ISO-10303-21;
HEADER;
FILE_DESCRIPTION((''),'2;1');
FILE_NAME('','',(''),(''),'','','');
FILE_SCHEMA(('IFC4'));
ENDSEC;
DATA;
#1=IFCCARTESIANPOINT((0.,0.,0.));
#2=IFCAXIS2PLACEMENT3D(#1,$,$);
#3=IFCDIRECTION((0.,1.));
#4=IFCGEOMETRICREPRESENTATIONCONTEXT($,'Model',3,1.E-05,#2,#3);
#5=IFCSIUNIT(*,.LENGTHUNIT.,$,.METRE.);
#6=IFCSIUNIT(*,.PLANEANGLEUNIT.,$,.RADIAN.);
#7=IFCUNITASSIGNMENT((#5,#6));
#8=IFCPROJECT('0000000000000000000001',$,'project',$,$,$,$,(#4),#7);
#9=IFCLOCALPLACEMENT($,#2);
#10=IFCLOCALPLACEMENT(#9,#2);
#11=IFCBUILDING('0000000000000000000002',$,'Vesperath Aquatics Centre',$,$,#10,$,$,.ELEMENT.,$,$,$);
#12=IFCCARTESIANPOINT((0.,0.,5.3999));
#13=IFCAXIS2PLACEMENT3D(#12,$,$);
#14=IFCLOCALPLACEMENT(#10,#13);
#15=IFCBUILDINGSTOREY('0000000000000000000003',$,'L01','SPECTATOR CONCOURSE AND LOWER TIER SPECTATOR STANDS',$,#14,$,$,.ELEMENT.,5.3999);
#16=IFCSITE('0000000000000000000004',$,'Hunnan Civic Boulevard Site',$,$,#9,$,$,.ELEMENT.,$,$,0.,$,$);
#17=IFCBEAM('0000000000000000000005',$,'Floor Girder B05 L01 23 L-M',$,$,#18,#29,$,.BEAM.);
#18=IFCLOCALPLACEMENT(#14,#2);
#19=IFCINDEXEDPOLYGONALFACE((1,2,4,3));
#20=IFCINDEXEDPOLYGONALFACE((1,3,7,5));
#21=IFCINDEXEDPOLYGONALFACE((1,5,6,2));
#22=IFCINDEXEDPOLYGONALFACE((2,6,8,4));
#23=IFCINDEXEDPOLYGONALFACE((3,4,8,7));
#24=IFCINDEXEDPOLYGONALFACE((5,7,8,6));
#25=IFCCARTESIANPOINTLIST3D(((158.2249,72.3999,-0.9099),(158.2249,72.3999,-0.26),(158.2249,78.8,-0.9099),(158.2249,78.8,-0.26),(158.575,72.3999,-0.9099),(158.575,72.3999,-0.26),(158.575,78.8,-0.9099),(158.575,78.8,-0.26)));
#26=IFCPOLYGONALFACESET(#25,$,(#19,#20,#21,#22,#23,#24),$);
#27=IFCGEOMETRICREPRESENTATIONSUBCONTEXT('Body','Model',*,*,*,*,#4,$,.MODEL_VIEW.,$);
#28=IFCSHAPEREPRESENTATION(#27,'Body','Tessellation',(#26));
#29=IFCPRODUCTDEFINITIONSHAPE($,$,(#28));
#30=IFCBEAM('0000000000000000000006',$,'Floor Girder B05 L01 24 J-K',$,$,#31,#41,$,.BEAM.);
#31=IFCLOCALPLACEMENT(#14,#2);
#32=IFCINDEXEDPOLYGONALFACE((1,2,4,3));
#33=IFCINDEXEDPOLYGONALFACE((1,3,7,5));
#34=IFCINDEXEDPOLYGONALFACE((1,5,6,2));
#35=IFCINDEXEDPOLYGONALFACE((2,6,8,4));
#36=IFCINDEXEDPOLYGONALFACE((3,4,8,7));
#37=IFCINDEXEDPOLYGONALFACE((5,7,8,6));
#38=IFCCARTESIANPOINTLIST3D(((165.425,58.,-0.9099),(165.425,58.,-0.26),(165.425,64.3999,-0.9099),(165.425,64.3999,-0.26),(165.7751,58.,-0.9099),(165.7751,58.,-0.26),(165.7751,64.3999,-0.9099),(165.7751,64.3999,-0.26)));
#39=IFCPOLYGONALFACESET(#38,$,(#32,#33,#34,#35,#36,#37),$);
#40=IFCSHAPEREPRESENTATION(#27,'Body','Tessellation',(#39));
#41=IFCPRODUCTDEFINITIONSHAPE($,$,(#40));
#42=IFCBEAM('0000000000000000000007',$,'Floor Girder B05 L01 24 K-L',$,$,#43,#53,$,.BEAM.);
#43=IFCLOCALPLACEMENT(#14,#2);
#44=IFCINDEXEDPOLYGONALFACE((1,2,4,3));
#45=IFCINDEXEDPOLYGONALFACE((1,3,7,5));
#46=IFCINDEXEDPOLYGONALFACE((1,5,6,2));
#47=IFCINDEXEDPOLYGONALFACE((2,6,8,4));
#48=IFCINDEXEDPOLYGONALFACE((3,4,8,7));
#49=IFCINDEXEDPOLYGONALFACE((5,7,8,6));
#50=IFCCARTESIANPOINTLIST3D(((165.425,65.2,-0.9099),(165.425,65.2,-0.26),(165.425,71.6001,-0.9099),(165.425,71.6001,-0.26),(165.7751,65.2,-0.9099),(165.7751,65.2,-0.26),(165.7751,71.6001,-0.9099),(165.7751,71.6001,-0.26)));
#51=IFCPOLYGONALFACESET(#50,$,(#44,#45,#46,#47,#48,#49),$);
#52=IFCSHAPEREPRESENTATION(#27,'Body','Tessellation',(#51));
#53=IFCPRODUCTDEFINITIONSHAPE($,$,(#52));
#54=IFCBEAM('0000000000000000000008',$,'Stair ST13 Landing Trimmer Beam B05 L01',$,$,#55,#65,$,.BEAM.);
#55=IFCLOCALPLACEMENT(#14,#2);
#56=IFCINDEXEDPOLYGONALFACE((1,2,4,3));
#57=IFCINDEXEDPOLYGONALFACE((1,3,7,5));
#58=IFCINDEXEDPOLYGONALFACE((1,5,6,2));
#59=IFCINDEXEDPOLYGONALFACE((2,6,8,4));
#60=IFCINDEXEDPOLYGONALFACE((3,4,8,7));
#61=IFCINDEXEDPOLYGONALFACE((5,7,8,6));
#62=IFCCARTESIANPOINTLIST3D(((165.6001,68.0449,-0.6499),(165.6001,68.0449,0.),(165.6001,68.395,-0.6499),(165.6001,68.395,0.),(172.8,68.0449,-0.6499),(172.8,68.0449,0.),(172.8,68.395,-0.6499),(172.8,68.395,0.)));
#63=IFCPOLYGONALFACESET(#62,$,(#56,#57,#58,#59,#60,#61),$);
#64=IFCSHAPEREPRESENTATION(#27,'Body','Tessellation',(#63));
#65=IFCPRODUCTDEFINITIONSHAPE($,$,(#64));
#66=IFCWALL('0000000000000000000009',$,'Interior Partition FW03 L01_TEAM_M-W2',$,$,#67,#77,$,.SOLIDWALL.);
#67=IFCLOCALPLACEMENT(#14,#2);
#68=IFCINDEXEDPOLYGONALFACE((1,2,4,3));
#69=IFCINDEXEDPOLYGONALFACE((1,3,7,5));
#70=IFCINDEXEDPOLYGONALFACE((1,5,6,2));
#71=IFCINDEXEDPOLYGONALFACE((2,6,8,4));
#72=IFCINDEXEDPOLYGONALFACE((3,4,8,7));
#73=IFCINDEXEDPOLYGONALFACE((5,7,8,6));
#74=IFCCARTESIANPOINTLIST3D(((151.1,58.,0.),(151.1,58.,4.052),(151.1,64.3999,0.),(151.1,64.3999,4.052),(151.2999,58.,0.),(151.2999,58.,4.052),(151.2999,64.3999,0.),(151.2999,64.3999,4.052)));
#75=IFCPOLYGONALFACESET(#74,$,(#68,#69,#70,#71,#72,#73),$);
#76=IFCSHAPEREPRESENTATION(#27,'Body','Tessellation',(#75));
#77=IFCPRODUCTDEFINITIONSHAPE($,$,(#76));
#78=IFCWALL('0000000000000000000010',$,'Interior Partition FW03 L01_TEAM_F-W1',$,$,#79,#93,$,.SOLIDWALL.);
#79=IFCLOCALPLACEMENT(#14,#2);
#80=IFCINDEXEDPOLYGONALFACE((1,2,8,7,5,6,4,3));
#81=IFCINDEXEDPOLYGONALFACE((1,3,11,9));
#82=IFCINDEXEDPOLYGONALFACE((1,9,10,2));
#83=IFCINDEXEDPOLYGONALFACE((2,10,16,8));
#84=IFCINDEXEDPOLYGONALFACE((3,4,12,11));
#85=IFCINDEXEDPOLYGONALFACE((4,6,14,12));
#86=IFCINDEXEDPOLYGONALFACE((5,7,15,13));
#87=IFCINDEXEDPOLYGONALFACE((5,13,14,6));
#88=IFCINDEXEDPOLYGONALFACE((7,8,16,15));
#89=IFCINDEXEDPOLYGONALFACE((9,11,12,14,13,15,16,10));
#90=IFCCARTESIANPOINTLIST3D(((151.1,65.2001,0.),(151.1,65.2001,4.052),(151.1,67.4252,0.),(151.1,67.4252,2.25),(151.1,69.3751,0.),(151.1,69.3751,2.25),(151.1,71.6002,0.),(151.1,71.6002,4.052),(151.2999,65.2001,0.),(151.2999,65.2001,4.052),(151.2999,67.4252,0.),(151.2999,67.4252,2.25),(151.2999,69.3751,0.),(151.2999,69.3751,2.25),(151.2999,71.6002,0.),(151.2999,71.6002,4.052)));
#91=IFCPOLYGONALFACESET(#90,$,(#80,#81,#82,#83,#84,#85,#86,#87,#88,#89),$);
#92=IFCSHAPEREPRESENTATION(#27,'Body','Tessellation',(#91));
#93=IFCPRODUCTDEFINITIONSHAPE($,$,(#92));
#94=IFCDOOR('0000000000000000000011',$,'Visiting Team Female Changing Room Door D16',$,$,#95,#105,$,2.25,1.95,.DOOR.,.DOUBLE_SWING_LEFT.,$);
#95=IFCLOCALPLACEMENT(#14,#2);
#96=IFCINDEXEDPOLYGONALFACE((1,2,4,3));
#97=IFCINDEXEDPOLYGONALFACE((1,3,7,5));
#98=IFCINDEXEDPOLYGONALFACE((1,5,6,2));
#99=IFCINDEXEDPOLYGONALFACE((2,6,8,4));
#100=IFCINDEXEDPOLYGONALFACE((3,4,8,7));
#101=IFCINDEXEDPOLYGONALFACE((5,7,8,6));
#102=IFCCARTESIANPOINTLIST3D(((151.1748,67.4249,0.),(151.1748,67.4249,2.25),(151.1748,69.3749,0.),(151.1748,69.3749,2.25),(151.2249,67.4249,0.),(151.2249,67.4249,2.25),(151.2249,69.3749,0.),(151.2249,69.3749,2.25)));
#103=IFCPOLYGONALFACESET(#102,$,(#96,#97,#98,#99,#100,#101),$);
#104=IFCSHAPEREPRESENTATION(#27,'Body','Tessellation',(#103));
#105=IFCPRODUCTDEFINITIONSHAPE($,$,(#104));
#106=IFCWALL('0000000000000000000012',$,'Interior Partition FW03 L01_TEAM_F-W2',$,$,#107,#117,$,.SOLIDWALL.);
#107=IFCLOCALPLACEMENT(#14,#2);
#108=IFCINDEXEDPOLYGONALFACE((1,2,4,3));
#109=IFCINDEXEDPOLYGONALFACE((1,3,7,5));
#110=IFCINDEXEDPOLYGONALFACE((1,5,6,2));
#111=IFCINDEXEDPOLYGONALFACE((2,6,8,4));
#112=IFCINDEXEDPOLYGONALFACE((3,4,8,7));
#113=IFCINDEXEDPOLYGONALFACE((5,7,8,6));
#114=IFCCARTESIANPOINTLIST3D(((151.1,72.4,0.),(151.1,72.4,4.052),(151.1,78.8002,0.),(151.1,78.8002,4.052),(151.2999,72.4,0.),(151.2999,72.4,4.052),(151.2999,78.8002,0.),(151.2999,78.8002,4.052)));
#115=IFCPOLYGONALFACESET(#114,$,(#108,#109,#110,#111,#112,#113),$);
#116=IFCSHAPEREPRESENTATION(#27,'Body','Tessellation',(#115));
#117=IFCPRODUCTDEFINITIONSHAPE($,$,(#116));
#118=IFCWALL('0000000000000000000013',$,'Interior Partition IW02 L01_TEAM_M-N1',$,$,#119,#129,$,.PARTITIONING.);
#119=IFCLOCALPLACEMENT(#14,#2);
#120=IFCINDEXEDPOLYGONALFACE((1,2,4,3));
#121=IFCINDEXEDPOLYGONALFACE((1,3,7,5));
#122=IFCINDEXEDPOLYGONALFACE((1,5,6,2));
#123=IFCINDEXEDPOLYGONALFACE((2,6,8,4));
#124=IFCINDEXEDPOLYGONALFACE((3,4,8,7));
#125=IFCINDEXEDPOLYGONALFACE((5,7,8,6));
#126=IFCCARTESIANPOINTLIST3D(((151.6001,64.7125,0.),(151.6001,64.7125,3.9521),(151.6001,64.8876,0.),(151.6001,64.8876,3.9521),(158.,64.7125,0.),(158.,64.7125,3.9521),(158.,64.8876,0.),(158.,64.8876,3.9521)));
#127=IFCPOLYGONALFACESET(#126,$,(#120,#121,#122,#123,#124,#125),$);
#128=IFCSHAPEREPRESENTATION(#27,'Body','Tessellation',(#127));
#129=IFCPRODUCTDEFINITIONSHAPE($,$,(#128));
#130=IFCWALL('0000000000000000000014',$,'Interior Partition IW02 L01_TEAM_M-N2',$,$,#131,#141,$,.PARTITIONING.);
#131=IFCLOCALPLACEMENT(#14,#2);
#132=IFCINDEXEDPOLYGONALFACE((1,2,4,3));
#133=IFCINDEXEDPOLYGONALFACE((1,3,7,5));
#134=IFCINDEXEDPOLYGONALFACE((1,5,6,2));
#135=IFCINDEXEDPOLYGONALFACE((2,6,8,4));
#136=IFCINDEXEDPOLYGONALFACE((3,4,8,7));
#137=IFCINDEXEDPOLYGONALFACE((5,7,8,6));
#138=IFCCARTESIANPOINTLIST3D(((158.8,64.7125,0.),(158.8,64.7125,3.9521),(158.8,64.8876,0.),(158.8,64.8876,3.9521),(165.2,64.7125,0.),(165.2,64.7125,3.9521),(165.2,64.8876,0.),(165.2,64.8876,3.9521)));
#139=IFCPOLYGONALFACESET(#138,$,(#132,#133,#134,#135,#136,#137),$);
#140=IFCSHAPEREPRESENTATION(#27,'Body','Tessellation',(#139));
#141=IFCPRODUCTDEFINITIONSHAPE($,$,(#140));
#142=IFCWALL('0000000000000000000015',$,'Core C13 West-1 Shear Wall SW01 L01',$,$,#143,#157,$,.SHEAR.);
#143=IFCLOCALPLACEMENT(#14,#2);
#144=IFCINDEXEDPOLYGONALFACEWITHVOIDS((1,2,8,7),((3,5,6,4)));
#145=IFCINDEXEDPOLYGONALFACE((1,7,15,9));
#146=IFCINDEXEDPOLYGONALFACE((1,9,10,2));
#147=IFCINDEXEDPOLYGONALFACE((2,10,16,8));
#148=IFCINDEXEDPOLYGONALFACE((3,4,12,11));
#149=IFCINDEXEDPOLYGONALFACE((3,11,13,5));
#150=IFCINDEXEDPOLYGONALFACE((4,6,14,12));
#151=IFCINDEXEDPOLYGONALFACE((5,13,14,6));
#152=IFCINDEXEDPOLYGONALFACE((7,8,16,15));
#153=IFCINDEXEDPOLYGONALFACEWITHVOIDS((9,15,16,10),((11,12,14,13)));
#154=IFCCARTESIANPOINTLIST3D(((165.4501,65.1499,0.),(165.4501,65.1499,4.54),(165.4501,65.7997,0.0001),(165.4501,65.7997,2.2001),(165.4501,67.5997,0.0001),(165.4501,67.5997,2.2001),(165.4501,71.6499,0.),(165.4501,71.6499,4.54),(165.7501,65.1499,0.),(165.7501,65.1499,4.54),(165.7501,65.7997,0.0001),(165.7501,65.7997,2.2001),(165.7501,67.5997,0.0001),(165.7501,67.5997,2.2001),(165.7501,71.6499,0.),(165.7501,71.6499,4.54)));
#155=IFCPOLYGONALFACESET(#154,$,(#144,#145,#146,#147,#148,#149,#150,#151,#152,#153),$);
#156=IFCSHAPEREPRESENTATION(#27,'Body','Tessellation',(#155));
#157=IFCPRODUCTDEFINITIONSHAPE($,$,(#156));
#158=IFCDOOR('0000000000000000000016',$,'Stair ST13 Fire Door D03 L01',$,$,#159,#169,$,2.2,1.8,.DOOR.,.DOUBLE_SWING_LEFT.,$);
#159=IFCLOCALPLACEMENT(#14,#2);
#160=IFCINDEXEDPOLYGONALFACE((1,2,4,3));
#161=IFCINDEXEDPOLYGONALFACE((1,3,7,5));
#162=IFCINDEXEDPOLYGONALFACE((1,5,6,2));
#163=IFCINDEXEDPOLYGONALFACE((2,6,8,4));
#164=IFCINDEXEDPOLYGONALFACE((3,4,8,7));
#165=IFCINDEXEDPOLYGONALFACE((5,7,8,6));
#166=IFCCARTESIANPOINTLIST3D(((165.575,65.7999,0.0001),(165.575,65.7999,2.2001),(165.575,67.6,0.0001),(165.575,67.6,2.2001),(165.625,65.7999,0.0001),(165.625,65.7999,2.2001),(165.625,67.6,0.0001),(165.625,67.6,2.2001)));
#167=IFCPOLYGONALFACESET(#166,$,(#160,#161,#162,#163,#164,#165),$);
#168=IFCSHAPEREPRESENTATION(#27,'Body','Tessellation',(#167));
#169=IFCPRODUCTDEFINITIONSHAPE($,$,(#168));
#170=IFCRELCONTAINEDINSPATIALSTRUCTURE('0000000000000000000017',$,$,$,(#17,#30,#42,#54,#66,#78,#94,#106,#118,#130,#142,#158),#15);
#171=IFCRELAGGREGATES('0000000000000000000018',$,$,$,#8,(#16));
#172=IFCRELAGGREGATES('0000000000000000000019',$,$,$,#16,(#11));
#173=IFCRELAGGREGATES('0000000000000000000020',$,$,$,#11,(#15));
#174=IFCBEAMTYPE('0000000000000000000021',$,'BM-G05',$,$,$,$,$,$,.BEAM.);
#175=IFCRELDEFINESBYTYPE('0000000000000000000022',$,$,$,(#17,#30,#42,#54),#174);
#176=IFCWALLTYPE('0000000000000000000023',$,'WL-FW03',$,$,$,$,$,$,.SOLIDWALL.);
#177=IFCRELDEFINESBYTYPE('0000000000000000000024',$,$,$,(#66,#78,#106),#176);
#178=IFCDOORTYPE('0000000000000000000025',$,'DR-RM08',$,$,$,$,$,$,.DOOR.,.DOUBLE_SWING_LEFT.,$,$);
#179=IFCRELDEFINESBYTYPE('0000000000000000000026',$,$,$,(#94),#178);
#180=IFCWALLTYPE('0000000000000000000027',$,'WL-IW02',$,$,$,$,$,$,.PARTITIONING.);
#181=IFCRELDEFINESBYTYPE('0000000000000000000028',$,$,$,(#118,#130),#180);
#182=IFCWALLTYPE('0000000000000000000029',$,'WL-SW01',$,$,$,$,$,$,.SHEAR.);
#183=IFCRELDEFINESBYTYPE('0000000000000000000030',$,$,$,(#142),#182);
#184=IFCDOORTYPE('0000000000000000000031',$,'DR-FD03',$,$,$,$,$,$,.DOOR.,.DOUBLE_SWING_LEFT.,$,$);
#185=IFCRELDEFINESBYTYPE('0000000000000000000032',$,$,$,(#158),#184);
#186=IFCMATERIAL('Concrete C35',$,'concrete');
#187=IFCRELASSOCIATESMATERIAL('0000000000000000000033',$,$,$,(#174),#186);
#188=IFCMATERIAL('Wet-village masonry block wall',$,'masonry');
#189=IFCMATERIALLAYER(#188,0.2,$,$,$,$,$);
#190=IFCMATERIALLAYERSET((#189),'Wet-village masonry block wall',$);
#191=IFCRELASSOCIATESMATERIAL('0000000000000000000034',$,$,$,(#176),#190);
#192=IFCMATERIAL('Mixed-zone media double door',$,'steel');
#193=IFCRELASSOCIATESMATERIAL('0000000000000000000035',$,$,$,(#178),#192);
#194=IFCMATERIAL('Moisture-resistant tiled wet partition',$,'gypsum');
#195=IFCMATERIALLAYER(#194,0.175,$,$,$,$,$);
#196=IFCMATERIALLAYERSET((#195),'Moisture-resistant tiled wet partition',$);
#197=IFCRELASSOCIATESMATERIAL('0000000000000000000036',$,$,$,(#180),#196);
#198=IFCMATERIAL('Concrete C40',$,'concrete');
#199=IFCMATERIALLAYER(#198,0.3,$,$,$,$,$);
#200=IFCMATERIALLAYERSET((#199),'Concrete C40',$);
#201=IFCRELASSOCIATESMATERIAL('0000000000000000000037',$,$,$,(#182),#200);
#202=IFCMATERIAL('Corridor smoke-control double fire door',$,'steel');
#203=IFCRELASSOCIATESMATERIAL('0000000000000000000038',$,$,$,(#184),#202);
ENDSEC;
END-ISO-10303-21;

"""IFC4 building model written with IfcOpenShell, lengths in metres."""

from ifc_helpers import new_model, si_unit, direction, frame, frame_2d, origin, origin_2d, place, context, subcontext, project, spatial, rectangle, extrude, material, layer, layer_set, material_profile, profile_set, type_object, element, fill, save


model = new_model("IFC4")

# Units and contexts
model_context = context("Model", 3, precision=1e-05, world=origin(), true_north=direction((0.0, 1.0)))
body_context = subcontext(model_context, "Body", "Model", "MODEL_VIEW")
ifc_project = project(units=[si_unit("LENGTHUNIT", "METRE"), si_unit("PLANEANGLEUNIT", "RADIAN")], contexts=[model_context])

# Site, building, storey
site_placement = place(None, origin())
site = spatial("IfcSite", under=ifc_project, at=site_placement, Name="Hunnan Civic Boulevard Site", CompositionType="ELEMENT", RefElevation=0.0)
building_placement = place(site_placement, origin())
building = spatial("IfcBuilding", under=site, at=building_placement, Name="Vesperath Aquatics Centre", CompositionType="ELEMENT")
storey_placement = place(building_placement, frame((0.0, 0.0, 5.3999)))
storey = spatial("IfcBuildingStorey", under=building, at=storey_placement, Name="L01", Description="SPECTATOR CONCOURSE AND LOWER TIER SPECTATOR STANDS", CompositionType="ELEMENT", Elevation=5.3999)

# Shared definitions
ifc_material_1 = material(Name="Concrete C40", Category="concrete")

# Beams
ifc_material_2 = material(Name="Concrete C35", Category="concrete")
ifc_material_profile_1 = material_profile(ifc_material_2, rectangle(XDim=0.3501, YDim=0.6499, at=origin_2d()), Name="RC 350x650")
ifc_profile_set_1 = profile_set([ifc_material_profile_1], Name="Concrete C35")
beam_type_1 = type_object("IfcBeamType", Name="BM-G05", PredefinedType="BEAM", material=ifc_profile_set_1)
for number, where, z_axis, x_axis, name in (
    (1, (158.3999, 72.3999, -0.585), (0.0, 1.0, 0.0), (-1.0, 0.0, 0.0), "Floor Girder B05 L01 23 L-M"),
):
    element("IfcBeam", number, at=place(storey_placement, frame(where, z_axis=z_axis, x_axis=x_axis)), inside=storey, type_object=beam_type_1, Name=name, PredefinedType="BEAM", context=body_context, shape_type="SweptSolid", body=[
        extrude(rectangle(XDim=0.3501, YDim=0.6499, at=origin_2d()), origin(), (0.0, 0.0, 1.0), 6.4001),
    ])
beam_1_placement = place(storey_placement, frame((165.6001, 58.0, -0.585), z_axis=(0.0, 1.0, 0.0), x_axis=(-1.0, 0.0, 0.0)))
element("IfcBeam", 2, at=beam_1_placement, inside=storey, type_object=beam_type_1, Name="Floor Girder B05 L01 24 J-K", PredefinedType="BEAM", context=body_context, shape_type="SweptSolid", body=[
    extrude(rectangle(XDim=0.3501, YDim=0.6499, at=origin_2d()), origin(), (0.0, 0.0, 1.0), 6.3999),
])
beam_2_placement = place(storey_placement, frame((165.6001, 65.2, -0.585), z_axis=(0.0, 1.0, 0.0), x_axis=(-1.0, 0.0, 0.0)))
element("IfcBeam", 3, at=beam_2_placement, inside=storey, type_object=beam_type_1, Name="Floor Girder B05 L01 24 K-L", PredefinedType="BEAM", context=body_context, shape_type="SweptSolid", body=[
    extrude(rectangle(XDim=0.3501, YDim=0.6499, at=origin_2d()), origin(), (0.0, 0.0, 1.0), 6.4001),
])
beam_3_placement = place(storey_placement, frame((165.6001, 68.22, -0.325), z_axis=(1.0, 0.0, 0.0), x_axis=(0.0, 1.0, 0.0)))
element("IfcBeam", 4, at=beam_3_placement, inside=storey, type_object=beam_type_1, Name="Stair ST13 Landing Trimmer Beam B05 L01", PredefinedType="BEAM", context=body_context, shape_type="SweptSolid", body=[
    extrude(rectangle(XDim=0.3501, YDim=0.6499, at=origin_2d()), origin(), (0.0, 0.0, 1.0), 7.2),
])

# Wall
ifc_material_3 = material(Name="Wet-village masonry block wall", Category="masonry")
ifc_layer_1 = layer(ifc_material_3, 0.2)
ifc_layer_set_1 = layer_set([ifc_layer_1], Name="Wet-village masonry block wall")
wall_type_1 = type_object("IfcWallType", Name="WL-FW03", PredefinedType="SOLIDWALL", material=ifc_layer_set_1)
wall_1_placement = place(storey_placement, frame((151.2, 58.0, 0.0), z_axis=(0.0, 0.0, 1.0), x_axis=(0.0, 1.0, 0.0)))
element("IfcWall", 5, at=wall_1_placement, inside=storey, type_object=wall_type_1, Name="Interior Partition FW03 L01_TEAM_M-W2", PredefinedType="SOLIDWALL", context=body_context, shape_type="SweptSolid", body=[
    extrude(rectangle(XDim=6.3999, YDim=0.2, at=frame_2d((3.2, 0.0))), origin(), (0.0, 0.0, 1.0), 4.052),
])

# Wall, opening, door
wall_2_placement = place(storey_placement, frame((151.2, 65.2, 0.0), z_axis=(0.0, 0.0, 1.0), x_axis=(0.0, 1.0, 0.0)))
wall_2 = element("IfcWall", 6, at=wall_2_placement, inside=storey, type_object=wall_type_1, Name="Interior Partition FW03 L01_TEAM_F-W1", PredefinedType="SOLIDWALL", context=body_context, shape_type="SweptSolid", body=[
    extrude(rectangle(XDim=6.4001, YDim=0.2, at=frame_2d((3.2002, 0.0))), origin(), (0.0, 0.0, 1.0), 4.052),
])
opening_1_placement = place(wall_2_placement, frame((2.2251, 0.0, 0.0)))
opening_1 = element("IfcOpeningElement", 7, at=opening_1_placement, cuts=wall_2, PredefinedType="OPENING", context=body_context, shape_type="SweptSolid", body=[
    extrude(rectangle(XDim=1.95, YDim=2.25, at=frame_2d((0.9751, 1.125))), frame((0.0, 0.1147, 0.0), z_axis=(0.0, -1.0, 0.0), x_axis=(1.0, 0.0, 0.0)), (0.0, 0.0, 1.0), 0.2297),
])
ifc_material_4 = material(Name="Mixed-zone media double door", Category="steel")
door_type_1 = type_object("IfcDoorType", Name="DR-RM08", OperationType="DOUBLE_SWING_LEFT", PredefinedType="DOOR", material=ifc_material_4)
door_1_placement = place(opening_1_placement, frame((1.95, 0.0, 0.0), z_axis=(0.0, 0.0, 1.0), x_axis=(-1.0, 0.0, 0.0)))
door_1 = element("IfcDoor", 8, at=door_1_placement, inside=storey, type_object=door_type_1, Name="Visiting Team Female Changing Room Door D16", OperationType="DOUBLE_SWING_LEFT", OverallHeight=2.25, OverallWidth=1.95, PredefinedType="DOOR", context=body_context, shape_type="SweptSolid", body=[
    extrude(rectangle(XDim=1.95, YDim=2.25, at=frame_2d((0.9751, 1.125))), frame((0.0, 0.0249, 0.0), z_axis=(0.0, -1.0, 0.0), x_axis=(1.0, 0.0, 0.0)), (0.0, 0.0, 1.0), 0.05),
])
fill(opening_1, door_1)

# Walls
wall_3_placement = place(storey_placement, frame((151.2, 72.3999, 0.0), z_axis=(0.0, 0.0, 1.0), x_axis=(0.0, 1.0, 0.0)))
element("IfcWall", 9, at=wall_3_placement, inside=storey, type_object=wall_type_1, Name="Interior Partition FW03 L01_TEAM_F-W2", PredefinedType="SOLIDWALL", context=body_context, shape_type="SweptSolid", body=[
    extrude(rectangle(XDim=6.4001, YDim=0.2, at=frame_2d((3.2002, 0.0))), origin(), (0.0, 0.0, 1.0), 4.052),
])
ifc_material_5 = material(Name="Moisture-resistant tiled wet partition", Category="gypsum")
ifc_layer_2 = layer(ifc_material_5, 0.175)
ifc_layer_set_2 = layer_set([ifc_layer_2], Name="Moisture-resistant tiled wet partition")
wall_type_2 = type_object("IfcWallType", Name="WL-IW02", PredefinedType="PARTITIONING", material=ifc_layer_set_2)
for number, where, z_axis, x_axis, name in (
    (10, (151.6001, 64.8, 0.0), (0.0, 0.0, 1.0), (1.0, 0.0, 0.0), "Interior Partition IW02 L01_TEAM_M-N1"),
    (11, (158.8, 64.8, 0.0), (0.0, 0.0, 1.0), (1.0, 0.0, 0.0), "Interior Partition IW02 L01_TEAM_M-N2"),
):
    element("IfcWall", number, at=place(storey_placement, frame(where, z_axis=z_axis, x_axis=x_axis)), inside=storey, type_object=wall_type_2, Name=name, PredefinedType="PARTITIONING", context=body_context, shape_type="SweptSolid", body=[
        extrude(rectangle(XDim=6.3999, YDim=0.175, at=frame_2d((3.2, 0.0))), origin(), (0.0, 0.0, 1.0), 3.9521),
    ])

# Wall, opening, door
ifc_layer_3 = layer(ifc_material_1, 0.3)
ifc_layer_set_3 = layer_set([ifc_layer_3], Name="Concrete C40")
wall_type_3 = type_object("IfcWallType", Name="WL-SW01", PredefinedType="SHEAR", material=ifc_layer_set_3)
wall_4_placement = place(storey_placement, frame((165.6001, 65.1499, 0.0), z_axis=(0.0, 0.0, 1.0), x_axis=(0.0, 1.0, 0.0)))
wall_4 = element("IfcWall", 12, at=wall_4_placement, inside=storey, type_object=wall_type_3, Name="Core C13 West-1 Shear Wall SW01 L01", PredefinedType="SHEAR", context=body_context, shape_type="SweptSolid", body=[
    extrude(rectangle(XDim=6.5, YDim=0.3, at=frame_2d((3.25, 0.0))), origin(), (0.0, 0.0, 1.0), 4.54),
])
opening_2_placement = place(wall_4_placement, frame((0.6499, 0.0, 0.0)))
opening_2 = element("IfcOpeningElement", 13, at=opening_2_placement, cuts=wall_4, PredefinedType="OPENING", context=body_context, shape_type="SweptSolid", body=[
    extrude(rectangle(XDim=1.8, YDim=2.2, at=frame_2d((0.8999, 1.1001))), frame((0.0, 0.165, 0.0), z_axis=(0.0, -1.0, 0.0), x_axis=(1.0, 0.0, 0.0)), (0.0, 0.0, 1.0), 0.3298),
])
ifc_material_6 = material(Name="Corridor smoke-control double fire door", Category="steel")
door_type_2 = type_object("IfcDoorType", Name="DR-FD03", OperationType="DOUBLE_SWING_LEFT", PredefinedType="DOOR", material=ifc_material_6)
door_2_placement = place(opening_2_placement, frame((1.8, 0.0, 0.0), z_axis=(0.0, 0.0, 1.0), x_axis=(-1.0, 0.0, 0.0)))
door_2 = element("IfcDoor", 14, at=door_2_placement, inside=storey, type_object=door_type_2, Name="Stair ST13 Fire Door D03 L01", OperationType="DOUBLE_SWING_LEFT", OverallHeight=2.2, OverallWidth=1.8, PredefinedType="DOOR", context=body_context, shape_type="SweptSolid", body=[
    extrude(rectangle(XDim=1.8, YDim=2.2, at=frame_2d((0.8999, 1.1001))), frame((0.0, 0.0249, 0.0), z_axis=(0.0, -1.0, 0.0), x_axis=(1.0, 0.0, 0.0)), (0.0, 0.0, 1.0), 0.05),
])
fill(opening_2, door_2)

save(model, "model.ifc")
